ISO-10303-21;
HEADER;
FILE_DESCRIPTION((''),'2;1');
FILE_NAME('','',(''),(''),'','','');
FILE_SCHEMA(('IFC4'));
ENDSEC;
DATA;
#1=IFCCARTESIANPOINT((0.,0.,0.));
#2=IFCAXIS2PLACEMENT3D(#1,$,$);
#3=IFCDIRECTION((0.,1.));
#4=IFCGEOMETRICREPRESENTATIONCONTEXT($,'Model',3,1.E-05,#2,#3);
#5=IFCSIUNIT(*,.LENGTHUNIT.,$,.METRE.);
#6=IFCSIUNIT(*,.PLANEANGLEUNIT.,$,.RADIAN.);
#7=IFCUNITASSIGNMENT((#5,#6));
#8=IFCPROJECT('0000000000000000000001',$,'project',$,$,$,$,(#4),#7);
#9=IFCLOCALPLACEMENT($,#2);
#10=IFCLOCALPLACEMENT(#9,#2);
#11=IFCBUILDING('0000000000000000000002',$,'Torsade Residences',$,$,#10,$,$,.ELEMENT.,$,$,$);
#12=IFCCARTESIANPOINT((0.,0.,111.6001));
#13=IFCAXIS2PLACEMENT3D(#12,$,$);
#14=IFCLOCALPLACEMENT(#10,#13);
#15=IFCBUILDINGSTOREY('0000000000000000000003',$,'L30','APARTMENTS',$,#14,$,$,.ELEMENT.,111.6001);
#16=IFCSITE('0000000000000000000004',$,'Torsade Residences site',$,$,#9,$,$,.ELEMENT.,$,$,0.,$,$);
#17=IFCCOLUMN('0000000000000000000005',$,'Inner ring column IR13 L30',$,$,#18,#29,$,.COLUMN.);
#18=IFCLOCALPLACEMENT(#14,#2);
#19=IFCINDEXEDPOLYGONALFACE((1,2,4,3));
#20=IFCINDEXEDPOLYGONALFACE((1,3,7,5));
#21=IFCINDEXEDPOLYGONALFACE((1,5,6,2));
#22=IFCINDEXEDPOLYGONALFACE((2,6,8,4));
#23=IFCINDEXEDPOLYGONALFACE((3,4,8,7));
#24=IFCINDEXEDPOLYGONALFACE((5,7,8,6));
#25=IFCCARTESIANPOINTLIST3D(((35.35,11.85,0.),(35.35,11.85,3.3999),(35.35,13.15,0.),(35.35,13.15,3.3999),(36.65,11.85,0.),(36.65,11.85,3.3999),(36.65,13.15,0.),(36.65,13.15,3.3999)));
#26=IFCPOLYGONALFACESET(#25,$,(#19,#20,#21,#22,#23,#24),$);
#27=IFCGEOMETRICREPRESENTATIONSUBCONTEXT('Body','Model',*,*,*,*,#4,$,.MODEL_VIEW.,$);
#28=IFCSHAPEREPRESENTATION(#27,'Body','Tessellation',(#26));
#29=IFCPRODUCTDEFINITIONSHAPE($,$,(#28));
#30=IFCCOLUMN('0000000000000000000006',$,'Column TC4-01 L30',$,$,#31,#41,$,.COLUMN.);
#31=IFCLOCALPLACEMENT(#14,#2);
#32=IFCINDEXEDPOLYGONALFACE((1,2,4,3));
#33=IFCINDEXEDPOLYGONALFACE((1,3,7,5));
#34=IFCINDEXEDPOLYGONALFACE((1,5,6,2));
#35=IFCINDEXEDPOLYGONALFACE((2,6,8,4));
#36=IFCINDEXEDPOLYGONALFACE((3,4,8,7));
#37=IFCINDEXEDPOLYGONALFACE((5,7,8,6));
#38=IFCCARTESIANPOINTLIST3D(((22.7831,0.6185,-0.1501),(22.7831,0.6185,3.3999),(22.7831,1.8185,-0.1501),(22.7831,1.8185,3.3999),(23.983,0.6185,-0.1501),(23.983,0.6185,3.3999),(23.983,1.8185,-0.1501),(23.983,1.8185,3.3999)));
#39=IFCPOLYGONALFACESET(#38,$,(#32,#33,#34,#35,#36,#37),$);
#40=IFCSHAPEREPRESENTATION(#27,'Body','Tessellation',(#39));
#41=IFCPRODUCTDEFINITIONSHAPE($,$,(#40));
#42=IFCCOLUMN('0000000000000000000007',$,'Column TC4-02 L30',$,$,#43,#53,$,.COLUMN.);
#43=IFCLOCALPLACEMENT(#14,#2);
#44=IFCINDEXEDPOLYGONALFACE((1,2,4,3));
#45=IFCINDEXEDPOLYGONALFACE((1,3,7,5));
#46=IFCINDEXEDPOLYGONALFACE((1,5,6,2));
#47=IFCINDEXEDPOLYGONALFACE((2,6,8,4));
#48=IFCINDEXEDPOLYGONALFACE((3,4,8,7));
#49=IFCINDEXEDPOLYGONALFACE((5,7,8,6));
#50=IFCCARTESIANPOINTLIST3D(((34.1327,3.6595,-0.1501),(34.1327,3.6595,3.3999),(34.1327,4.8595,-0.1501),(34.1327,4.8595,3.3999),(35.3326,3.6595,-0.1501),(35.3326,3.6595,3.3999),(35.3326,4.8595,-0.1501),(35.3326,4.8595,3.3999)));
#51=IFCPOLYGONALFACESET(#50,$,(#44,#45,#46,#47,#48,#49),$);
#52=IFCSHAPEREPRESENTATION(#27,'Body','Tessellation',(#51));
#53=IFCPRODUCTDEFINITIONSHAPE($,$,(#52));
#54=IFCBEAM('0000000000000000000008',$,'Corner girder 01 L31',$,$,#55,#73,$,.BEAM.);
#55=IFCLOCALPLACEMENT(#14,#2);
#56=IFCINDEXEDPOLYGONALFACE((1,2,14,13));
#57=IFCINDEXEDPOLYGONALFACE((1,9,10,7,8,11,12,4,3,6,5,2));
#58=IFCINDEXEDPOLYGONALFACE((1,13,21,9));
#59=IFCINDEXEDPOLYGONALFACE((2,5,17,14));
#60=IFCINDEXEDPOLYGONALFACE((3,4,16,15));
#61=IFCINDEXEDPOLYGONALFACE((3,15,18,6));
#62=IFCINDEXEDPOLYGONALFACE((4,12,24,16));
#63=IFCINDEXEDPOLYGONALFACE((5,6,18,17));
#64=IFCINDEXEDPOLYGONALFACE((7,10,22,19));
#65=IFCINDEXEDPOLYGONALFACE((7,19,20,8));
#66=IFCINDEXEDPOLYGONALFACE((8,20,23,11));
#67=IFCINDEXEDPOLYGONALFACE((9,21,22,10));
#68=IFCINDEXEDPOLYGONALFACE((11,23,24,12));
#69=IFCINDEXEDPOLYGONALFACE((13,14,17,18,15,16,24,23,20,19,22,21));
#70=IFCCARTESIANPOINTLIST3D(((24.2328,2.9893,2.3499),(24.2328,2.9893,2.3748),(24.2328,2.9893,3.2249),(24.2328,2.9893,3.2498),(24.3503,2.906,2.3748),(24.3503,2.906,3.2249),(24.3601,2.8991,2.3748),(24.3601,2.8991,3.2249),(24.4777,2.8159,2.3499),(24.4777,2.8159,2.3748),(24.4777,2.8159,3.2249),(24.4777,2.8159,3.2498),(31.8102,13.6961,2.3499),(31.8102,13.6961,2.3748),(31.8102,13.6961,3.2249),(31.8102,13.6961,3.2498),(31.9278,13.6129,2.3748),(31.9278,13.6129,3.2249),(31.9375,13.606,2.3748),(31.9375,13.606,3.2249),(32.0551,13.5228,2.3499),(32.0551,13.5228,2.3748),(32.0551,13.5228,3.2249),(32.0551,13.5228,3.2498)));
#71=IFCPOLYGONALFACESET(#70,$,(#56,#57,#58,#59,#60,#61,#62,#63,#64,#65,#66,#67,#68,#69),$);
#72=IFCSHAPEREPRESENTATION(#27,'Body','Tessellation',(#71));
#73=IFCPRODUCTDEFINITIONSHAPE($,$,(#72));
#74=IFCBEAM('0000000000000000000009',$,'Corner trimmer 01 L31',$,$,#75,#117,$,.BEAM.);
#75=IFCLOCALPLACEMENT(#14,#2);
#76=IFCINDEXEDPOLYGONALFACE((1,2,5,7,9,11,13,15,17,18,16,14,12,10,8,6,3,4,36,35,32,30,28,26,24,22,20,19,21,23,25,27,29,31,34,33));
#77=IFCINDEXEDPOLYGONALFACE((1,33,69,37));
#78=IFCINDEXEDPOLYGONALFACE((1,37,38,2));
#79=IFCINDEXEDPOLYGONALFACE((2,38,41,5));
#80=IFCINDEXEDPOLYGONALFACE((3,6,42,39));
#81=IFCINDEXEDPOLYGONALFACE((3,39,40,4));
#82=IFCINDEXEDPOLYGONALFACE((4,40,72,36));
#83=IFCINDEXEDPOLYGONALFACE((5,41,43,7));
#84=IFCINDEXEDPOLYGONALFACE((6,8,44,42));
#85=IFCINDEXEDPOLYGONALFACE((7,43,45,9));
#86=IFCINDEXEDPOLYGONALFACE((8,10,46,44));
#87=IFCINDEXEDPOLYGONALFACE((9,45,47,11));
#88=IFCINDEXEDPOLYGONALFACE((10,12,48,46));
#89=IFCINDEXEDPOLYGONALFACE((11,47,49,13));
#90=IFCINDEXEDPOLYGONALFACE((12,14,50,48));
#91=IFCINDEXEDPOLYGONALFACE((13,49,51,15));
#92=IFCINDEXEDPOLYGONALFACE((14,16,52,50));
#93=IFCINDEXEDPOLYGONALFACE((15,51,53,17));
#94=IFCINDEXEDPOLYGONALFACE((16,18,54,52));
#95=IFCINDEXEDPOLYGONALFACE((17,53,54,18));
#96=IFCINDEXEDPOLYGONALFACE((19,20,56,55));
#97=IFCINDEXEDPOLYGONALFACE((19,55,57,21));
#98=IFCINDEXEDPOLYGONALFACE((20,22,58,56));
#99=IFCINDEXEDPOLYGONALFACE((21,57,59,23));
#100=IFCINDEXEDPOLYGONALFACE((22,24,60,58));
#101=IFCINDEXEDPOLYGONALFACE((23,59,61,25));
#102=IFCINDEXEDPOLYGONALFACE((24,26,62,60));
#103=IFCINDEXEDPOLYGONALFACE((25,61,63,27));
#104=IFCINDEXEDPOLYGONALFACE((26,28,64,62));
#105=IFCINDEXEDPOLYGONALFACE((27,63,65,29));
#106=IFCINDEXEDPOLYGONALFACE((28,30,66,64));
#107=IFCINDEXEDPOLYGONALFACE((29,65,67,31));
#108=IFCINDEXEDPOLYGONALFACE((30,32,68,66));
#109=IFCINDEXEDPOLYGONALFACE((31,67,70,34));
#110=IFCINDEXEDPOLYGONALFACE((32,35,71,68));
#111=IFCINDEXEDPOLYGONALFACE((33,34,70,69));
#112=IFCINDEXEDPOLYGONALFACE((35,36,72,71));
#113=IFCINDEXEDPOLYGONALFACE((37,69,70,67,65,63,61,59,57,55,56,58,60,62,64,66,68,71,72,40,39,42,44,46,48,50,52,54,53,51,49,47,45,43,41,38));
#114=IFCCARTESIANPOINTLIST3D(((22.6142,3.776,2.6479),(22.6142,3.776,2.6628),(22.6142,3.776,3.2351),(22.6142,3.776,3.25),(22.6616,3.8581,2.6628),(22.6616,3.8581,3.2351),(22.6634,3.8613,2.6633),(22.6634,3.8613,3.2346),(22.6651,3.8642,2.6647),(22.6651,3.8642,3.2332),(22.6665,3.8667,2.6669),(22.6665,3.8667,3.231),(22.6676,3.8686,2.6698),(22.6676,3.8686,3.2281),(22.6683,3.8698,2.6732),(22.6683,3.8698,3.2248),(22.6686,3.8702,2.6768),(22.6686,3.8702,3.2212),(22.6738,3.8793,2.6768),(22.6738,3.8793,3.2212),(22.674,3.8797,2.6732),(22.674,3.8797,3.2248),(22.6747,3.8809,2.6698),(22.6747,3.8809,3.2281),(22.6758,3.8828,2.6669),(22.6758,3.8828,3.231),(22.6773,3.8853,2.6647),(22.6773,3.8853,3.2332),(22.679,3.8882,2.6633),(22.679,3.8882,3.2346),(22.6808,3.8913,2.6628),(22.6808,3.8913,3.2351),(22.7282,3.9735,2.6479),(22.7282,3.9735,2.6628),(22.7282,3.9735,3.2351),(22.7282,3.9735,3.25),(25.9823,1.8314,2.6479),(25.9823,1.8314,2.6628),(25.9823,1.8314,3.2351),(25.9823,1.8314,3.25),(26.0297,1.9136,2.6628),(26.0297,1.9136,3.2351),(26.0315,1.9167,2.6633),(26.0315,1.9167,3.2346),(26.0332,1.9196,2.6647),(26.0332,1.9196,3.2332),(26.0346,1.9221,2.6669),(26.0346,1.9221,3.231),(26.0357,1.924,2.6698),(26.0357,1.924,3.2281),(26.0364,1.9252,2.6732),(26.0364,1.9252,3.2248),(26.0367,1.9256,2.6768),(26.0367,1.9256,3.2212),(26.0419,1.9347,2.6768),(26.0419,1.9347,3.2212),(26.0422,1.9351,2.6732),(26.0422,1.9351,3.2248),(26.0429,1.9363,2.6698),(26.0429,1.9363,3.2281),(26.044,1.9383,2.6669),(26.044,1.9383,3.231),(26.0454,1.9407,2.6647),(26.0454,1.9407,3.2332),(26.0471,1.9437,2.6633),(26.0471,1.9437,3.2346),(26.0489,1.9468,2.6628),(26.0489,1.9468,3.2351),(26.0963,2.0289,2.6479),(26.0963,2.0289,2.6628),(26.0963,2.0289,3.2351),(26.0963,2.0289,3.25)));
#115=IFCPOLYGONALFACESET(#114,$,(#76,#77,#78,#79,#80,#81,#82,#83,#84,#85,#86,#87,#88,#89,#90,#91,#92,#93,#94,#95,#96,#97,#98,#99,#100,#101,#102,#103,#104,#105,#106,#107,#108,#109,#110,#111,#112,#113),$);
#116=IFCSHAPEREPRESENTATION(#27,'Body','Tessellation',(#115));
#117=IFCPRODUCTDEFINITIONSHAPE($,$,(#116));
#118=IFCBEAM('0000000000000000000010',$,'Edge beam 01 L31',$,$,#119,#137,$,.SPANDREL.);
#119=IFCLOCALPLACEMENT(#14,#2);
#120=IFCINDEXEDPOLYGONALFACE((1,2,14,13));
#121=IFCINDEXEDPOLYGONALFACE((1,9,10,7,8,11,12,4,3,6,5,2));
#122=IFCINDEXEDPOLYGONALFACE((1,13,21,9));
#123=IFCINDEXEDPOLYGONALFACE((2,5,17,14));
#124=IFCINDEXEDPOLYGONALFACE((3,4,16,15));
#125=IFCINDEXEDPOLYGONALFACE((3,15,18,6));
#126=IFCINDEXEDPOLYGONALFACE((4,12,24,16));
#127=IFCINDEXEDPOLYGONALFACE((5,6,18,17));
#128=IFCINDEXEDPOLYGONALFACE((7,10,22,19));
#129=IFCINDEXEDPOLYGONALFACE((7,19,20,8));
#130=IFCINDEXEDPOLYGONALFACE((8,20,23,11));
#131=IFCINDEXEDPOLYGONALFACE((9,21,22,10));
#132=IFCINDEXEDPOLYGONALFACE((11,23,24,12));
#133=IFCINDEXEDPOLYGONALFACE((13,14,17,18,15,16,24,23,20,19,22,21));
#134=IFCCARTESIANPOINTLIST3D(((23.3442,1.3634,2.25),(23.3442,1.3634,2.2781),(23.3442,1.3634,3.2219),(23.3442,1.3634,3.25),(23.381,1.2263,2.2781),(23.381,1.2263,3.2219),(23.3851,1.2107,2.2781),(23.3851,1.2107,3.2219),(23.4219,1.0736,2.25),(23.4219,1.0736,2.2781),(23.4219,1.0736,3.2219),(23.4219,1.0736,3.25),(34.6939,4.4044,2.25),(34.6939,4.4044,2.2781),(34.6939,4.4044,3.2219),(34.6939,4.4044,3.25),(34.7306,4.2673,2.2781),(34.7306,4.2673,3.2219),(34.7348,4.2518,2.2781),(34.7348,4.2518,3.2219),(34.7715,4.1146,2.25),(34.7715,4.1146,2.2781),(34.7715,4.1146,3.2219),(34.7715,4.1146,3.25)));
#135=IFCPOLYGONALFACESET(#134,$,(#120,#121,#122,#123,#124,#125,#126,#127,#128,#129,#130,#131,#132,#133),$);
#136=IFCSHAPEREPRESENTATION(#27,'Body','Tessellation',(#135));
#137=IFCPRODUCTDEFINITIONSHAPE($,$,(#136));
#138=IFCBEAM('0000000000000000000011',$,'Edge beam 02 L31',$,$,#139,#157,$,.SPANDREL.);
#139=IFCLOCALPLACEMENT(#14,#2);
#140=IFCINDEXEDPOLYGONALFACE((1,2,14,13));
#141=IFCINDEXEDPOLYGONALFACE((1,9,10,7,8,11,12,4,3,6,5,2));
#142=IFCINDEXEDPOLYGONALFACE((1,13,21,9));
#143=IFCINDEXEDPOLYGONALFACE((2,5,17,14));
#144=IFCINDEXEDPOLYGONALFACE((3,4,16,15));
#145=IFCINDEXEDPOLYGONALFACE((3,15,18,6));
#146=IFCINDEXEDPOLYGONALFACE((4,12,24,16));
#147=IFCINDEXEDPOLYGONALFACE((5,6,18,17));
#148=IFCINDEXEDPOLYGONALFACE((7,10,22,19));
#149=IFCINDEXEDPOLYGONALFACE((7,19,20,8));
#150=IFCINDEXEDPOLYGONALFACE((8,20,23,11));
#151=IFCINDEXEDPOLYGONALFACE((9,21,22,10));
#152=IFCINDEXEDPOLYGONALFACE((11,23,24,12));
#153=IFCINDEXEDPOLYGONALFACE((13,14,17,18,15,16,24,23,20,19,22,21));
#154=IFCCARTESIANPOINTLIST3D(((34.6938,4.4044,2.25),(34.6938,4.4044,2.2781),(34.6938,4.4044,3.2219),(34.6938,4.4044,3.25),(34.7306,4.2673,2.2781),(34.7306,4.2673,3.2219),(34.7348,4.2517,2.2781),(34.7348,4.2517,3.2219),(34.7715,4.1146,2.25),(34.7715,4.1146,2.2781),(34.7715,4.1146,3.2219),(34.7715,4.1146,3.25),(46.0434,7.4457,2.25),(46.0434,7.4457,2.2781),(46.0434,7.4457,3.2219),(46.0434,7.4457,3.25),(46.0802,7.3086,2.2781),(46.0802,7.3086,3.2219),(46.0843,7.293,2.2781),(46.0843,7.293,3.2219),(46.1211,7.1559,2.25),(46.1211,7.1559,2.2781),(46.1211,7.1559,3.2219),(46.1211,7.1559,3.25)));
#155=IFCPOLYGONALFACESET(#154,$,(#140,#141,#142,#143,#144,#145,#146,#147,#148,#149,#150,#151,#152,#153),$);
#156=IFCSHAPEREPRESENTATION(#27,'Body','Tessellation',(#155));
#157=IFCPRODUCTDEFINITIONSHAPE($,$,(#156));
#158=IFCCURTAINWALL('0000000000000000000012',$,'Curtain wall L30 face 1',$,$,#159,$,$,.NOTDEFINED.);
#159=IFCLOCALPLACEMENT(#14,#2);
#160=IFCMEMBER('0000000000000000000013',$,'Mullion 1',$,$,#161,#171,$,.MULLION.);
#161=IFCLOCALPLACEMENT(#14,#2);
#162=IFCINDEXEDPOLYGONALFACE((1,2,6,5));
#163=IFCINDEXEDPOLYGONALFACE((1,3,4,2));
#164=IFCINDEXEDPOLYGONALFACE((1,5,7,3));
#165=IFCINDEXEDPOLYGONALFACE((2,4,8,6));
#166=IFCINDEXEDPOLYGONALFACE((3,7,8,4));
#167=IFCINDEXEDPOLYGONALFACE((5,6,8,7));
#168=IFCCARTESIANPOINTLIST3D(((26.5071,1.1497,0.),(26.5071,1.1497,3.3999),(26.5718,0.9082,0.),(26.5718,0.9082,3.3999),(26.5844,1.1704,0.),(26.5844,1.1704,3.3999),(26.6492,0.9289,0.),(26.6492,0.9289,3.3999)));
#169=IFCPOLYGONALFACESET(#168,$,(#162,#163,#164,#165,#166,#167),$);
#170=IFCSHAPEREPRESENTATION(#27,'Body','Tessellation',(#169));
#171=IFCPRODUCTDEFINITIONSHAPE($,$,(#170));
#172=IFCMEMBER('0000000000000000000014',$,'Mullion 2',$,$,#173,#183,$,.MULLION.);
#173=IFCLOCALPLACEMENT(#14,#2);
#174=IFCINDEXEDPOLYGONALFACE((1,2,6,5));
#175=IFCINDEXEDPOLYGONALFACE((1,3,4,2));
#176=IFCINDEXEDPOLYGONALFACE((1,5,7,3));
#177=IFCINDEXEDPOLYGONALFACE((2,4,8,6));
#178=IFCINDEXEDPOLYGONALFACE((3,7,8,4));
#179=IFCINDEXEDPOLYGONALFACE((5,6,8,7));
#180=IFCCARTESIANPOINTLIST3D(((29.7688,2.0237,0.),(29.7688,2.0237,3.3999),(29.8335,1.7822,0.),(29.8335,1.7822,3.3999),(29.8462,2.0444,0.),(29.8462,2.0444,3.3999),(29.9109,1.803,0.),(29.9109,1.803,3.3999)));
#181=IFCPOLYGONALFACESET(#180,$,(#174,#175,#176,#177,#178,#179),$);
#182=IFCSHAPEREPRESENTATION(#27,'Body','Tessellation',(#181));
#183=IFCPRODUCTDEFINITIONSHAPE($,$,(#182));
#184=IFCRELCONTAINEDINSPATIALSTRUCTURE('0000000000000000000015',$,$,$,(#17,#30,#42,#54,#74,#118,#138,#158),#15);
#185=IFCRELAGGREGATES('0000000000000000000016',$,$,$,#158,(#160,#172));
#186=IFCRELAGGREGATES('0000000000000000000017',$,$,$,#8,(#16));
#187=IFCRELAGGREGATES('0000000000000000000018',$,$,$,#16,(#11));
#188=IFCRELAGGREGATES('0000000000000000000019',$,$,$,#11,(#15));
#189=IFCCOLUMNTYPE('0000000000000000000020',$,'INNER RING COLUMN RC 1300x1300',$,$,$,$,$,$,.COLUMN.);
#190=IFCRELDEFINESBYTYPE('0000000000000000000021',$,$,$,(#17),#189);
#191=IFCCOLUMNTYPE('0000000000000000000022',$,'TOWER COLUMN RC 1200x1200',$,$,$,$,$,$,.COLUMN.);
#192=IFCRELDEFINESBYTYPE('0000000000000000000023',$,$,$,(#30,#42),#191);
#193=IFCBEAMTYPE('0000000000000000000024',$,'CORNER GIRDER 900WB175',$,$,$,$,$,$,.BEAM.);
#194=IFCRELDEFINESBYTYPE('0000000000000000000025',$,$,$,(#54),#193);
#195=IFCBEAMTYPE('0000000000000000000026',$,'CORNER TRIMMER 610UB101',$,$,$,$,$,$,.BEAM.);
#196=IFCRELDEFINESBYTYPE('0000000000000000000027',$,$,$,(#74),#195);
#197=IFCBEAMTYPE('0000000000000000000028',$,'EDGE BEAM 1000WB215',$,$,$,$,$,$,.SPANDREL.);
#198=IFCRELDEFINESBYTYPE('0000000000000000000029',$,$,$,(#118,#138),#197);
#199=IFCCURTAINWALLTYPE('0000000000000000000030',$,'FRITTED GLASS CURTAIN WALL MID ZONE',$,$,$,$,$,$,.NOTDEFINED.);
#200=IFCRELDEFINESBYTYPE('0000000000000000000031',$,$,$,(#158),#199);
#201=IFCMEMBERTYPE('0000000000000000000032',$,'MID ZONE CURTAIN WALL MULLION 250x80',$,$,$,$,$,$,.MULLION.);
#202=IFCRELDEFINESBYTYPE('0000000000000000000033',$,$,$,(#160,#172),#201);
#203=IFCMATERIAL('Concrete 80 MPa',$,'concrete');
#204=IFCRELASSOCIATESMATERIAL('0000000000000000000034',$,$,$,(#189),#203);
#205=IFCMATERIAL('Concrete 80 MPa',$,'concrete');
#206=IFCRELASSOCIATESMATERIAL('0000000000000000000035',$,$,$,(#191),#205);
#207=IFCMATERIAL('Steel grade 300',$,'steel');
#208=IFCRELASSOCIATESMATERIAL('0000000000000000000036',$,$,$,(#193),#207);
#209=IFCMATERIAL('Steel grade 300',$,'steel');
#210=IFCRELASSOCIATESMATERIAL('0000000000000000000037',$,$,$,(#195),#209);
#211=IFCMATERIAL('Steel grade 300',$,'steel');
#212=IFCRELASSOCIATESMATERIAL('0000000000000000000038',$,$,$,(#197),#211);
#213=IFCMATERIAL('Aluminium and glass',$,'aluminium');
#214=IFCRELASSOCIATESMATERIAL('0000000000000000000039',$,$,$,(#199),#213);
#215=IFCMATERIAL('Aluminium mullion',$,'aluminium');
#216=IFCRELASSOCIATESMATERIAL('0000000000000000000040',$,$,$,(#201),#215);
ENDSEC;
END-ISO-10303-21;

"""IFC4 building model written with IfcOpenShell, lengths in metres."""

from ifc_helpers import new_model, si_unit, direction, frame, origin, origin_2d, place, context, subcontext, project, spatial, rectangle, i_section, extrude, material, material_profile, profile_set, type_object, element, aggregate, save


model = new_model("IFC4")

# Units and contexts
model_context = context("Model", 3, precision=1e-05, world=origin(), true_north=direction((0.0, 1.0)))
body_context = subcontext(model_context, "Body", "Model", "MODEL_VIEW")
ifc_project = project(units=[si_unit("LENGTHUNIT", "METRE"), si_unit("PLANEANGLEUNIT", "RADIAN")], contexts=[model_context])

# Site, building, storey
site_placement = place(None, origin())
site = spatial("IfcSite", under=ifc_project, at=site_placement, Name="Torsade Residences site", CompositionType="ELEMENT", RefElevation=0.0)
building_placement = place(site_placement, origin())
building = spatial("IfcBuilding", under=site, at=building_placement, Name="Torsade Residences", CompositionType="ELEMENT")
storey_placement = place(building_placement, frame((0.0, 0.0, 111.6001)))
storey = spatial("IfcBuildingStorey", under=building, at=storey_placement, Name="L30", Description="APARTMENTS", CompositionType="ELEMENT", Elevation=111.6001)

# Columns
ifc_material_1 = material(Name="Concrete 80 MPa", Category="concrete")
ifc_material_profile_1 = material_profile(ifc_material_1, rectangle(XDim=1.3, YDim=1.3, at=origin_2d()), Name="RC 1300x1300")
ifc_profile_set_1 = profile_set([ifc_material_profile_1], Name="Concrete 80 MPa")
column_type_1 = type_object("IfcColumnType", Name="INNER RING COLUMN RC 1300x1300", PredefinedType="COLUMN", material=ifc_profile_set_1)
column_placement = place(storey_placement, frame((36.0, 12.5, 0.0), z_axis=(0.0, 0.0, 1.0), x_axis=(1.0, 0.0, 0.0)))
element("IfcColumn", 1, at=column_placement, inside=storey, type_object=column_type_1, Name="Inner ring column IR13 L30", PredefinedType="COLUMN", context=body_context, shape_type="SweptSolid", body=[
    extrude(rectangle(XDim=1.3, YDim=1.3, at=origin_2d()), origin(), (0.0, 0.0, 1.0), 3.3999),
])
ifc_material_2 = material(Name="Concrete 80 MPa", Category="concrete")
ifc_material_profile_2 = material_profile(ifc_material_2, rectangle(XDim=1.2, YDim=1.2, at=origin_2d()), Name="RC 1200x1200")
ifc_profile_set_2 = profile_set([ifc_material_profile_2], Name="Concrete 80 MPa")
column_type_2 = type_object("IfcColumnType", Name="TOWER COLUMN RC 1200x1200", PredefinedType="COLUMN", material=ifc_profile_set_2)
for number, where, z_axis, x_axis, name in (
    (2, (23.3831, 1.2185, -0.1501), (0.0, 0.0, 1.0), (1.0, 0.0, 0.0), "Column TC4-01 L30"),
    (3, (34.7327, 4.2595, -0.1501), (0.0, 0.0, 1.0), (1.0, 0.0, 0.0), "Column TC4-02 L30"),
):
    element("IfcColumn", number, at=place(storey_placement, frame(where, z_axis=z_axis, x_axis=x_axis)), inside=storey, type_object=column_type_2, Name=name, PredefinedType="COLUMN", context=body_context, shape_type="SweptSolid", body=[
        extrude(rectangle(XDim=1.2, YDim=1.2, at=origin_2d()), origin(), (0.0, 0.0, 1.0), 3.55),
    ])

# Beams
ifc_material_3 = material(Name="Steel grade 300", Category="steel")
ifc_material_profile_3 = material_profile(ifc_material_3, i_section(OverallWidth=0.3, OverallDepth=0.8999, WebThickness=0.012, FlangeThickness=0.0249, at=origin_2d()), Name="900WB175")
ifc_profile_set_3 = profile_set([ifc_material_profile_3], Name="Steel grade 300")
beam_type_1 = type_object("IfcBeamType", Name="CORNER GIRDER 900WB175", PredefinedType="BEAM", material=ifc_profile_set_3)
beam_1_placement = place(storey_placement, frame((24.3552, 2.9026, 2.7998), z_axis=(0.577683, 0.816261, 0.0), x_axis=(-0.816261, 0.577683, 0.0)))
element("IfcBeam", 4, at=beam_1_placement, inside=storey, type_object=beam_type_1, Name="Corner girder 01 L31", PredefinedType="BEAM", context=body_context, shape_type="SweptSolid", body=[
    extrude(i_section(OverallWidth=0.3, OverallDepth=0.8999, WebThickness=0.012, FlangeThickness=0.0249, at=origin_2d()), origin(), (0.0, 0.0, 1.0), 13.1169),
])
ifc_material_4 = material(Name="Steel grade 300", Category="steel")
ifc_material_profile_4 = material_profile(ifc_material_4, i_section(OverallWidth=0.228, OverallDepth=0.6021, WebThickness=0.0105, FlangeThickness=0.0149, FilletRadius=0.0139, at=origin_2d()), Name="610UB101")
ifc_profile_set_4 = profile_set([ifc_material_profile_4], Name="Steel grade 300")
beam_type_2 = type_object("IfcBeamType", Name="CORNER TRIMMER 610UB101", PredefinedType="BEAM", material=ifc_profile_set_4)
beam_2_placement = place(storey_placement, frame((26.0393, 1.9302, 2.949), z_axis=(-0.866029, 0.499994, 0.0), x_axis=(-0.499994, -0.866029, 0.0)))
element("IfcBeam", 5, at=beam_2_placement, inside=storey, type_object=beam_type_2, Name="Corner trimmer 01 L31", PredefinedType="BEAM", context=body_context, shape_type="SweptSolid", body=[
    extrude(i_section(OverallWidth=0.228, OverallDepth=0.6021, WebThickness=0.0105, FlangeThickness=0.0149, FilletRadius=0.0139, at=origin_2d()), origin(), (0.0, 0.0, 1.0), 3.8892),
])
ifc_material_5 = material(Name="Steel grade 300", Category="steel")
ifc_material_profile_5 = material_profile(ifc_material_5, i_section(OverallWidth=0.3, OverallDepth=1.0, WebThickness=0.0161, FlangeThickness=0.0281, at=origin_2d()), Name="1000WB215")
ifc_profile_set_5 = profile_set([ifc_material_profile_5], Name="Steel grade 300")
beam_type_3 = type_object("IfcBeamType", Name="EDGE BEAM 1000WB215", PredefinedType="SPANDREL", material=ifc_profile_set_5)
for number, where, z_axis, x_axis, name in (
    (6, (23.3831, 1.2185, 2.75), (0.965928, 0.258811, 0.0), (-0.258811, 0.965928, 0.0), "Edge beam 01 L31"),
    (7, (34.7327, 4.2595, 2.75), (0.965923, 0.25883, 0.0), (-0.25883, 0.965923, 0.0), "Edge beam 02 L31"),
):
    element("IfcBeam", number, at=place(storey_placement, frame(where, z_axis=z_axis, x_axis=x_axis)), inside=storey, type_object=beam_type_3, Name=name, PredefinedType="SPANDREL", context=body_context, shape_type="SweptSolid", body=[
        extrude(i_section(OverallWidth=0.3, OverallDepth=1.0, WebThickness=0.0161, FlangeThickness=0.0281, at=origin_2d()), origin(), (0.0, 0.0, 1.0), 11.75),
    ])

# Curtain wall, members
ifc_material_6 = material(Name="Aluminium and glass", Category="aluminium")
curtain_wall_type = type_object("IfcCurtainWallType", Name="FRITTED GLASS CURTAIN WALL MID ZONE", PredefinedType="NOTDEFINED", material=ifc_material_6)
curtain_wall_placement = place(storey_placement, origin())
curtain_wall = element("IfcCurtainWall", 8, at=curtain_wall_placement, inside=storey, type_object=curtain_wall_type, Name="Curtain wall L30 face 1", PredefinedType="NOTDEFINED")
ifc_material_7 = material(Name="Aluminium mullion", Category="aluminium")
ifc_material_profile_6 = material_profile(ifc_material_7, rectangle(XDim=0.25, YDim=0.0801, at=origin_2d()), Name="MID ZONE CURTAIN WALL MULLION 250x80")
ifc_profile_set_6 = profile_set([ifc_material_profile_6], Name="Aluminium mullion")
member_type_1 = type_object("IfcMemberType", Name="MID ZONE CURTAIN WALL MULLION 250x80", PredefinedType="MULLION", material=ifc_profile_set_6)
member_1_placement = place(storey_placement, frame((26.5781, 1.0393, 0.0), z_axis=(0.0, 0.0, 1.0), x_axis=(-0.258819, 0.965926, 0.0)))
member_1 = element("IfcMember", 9, at=member_1_placement, type_object=member_type_1, Name="Mullion 1", PredefinedType="MULLION", context=body_context, shape_type="SweptSolid", body=[
    extrude(rectangle(XDim=0.25, YDim=0.0801, at=origin_2d()), origin(), (0.0, 0.0, 1.0), 3.3999),
])
member_2_placement = place(storey_placement, frame((29.8398, 1.9133, 0.0), z_axis=(0.0, 0.0, 1.0), x_axis=(-0.258819, 0.965926, 0.0)))
member_2 = element("IfcMember", 10, at=member_2_placement, type_object=member_type_1, Name="Mullion 2", PredefinedType="MULLION", context=body_context, shape_type="SweptSolid", body=[
    extrude(rectangle(XDim=0.25, YDim=0.0801, at=origin_2d()), origin(), (0.0, 0.0, 1.0), 3.3999),
])

aggregate(curtain_wall, [member_1, member_2])

save(model, "model.ifc")
